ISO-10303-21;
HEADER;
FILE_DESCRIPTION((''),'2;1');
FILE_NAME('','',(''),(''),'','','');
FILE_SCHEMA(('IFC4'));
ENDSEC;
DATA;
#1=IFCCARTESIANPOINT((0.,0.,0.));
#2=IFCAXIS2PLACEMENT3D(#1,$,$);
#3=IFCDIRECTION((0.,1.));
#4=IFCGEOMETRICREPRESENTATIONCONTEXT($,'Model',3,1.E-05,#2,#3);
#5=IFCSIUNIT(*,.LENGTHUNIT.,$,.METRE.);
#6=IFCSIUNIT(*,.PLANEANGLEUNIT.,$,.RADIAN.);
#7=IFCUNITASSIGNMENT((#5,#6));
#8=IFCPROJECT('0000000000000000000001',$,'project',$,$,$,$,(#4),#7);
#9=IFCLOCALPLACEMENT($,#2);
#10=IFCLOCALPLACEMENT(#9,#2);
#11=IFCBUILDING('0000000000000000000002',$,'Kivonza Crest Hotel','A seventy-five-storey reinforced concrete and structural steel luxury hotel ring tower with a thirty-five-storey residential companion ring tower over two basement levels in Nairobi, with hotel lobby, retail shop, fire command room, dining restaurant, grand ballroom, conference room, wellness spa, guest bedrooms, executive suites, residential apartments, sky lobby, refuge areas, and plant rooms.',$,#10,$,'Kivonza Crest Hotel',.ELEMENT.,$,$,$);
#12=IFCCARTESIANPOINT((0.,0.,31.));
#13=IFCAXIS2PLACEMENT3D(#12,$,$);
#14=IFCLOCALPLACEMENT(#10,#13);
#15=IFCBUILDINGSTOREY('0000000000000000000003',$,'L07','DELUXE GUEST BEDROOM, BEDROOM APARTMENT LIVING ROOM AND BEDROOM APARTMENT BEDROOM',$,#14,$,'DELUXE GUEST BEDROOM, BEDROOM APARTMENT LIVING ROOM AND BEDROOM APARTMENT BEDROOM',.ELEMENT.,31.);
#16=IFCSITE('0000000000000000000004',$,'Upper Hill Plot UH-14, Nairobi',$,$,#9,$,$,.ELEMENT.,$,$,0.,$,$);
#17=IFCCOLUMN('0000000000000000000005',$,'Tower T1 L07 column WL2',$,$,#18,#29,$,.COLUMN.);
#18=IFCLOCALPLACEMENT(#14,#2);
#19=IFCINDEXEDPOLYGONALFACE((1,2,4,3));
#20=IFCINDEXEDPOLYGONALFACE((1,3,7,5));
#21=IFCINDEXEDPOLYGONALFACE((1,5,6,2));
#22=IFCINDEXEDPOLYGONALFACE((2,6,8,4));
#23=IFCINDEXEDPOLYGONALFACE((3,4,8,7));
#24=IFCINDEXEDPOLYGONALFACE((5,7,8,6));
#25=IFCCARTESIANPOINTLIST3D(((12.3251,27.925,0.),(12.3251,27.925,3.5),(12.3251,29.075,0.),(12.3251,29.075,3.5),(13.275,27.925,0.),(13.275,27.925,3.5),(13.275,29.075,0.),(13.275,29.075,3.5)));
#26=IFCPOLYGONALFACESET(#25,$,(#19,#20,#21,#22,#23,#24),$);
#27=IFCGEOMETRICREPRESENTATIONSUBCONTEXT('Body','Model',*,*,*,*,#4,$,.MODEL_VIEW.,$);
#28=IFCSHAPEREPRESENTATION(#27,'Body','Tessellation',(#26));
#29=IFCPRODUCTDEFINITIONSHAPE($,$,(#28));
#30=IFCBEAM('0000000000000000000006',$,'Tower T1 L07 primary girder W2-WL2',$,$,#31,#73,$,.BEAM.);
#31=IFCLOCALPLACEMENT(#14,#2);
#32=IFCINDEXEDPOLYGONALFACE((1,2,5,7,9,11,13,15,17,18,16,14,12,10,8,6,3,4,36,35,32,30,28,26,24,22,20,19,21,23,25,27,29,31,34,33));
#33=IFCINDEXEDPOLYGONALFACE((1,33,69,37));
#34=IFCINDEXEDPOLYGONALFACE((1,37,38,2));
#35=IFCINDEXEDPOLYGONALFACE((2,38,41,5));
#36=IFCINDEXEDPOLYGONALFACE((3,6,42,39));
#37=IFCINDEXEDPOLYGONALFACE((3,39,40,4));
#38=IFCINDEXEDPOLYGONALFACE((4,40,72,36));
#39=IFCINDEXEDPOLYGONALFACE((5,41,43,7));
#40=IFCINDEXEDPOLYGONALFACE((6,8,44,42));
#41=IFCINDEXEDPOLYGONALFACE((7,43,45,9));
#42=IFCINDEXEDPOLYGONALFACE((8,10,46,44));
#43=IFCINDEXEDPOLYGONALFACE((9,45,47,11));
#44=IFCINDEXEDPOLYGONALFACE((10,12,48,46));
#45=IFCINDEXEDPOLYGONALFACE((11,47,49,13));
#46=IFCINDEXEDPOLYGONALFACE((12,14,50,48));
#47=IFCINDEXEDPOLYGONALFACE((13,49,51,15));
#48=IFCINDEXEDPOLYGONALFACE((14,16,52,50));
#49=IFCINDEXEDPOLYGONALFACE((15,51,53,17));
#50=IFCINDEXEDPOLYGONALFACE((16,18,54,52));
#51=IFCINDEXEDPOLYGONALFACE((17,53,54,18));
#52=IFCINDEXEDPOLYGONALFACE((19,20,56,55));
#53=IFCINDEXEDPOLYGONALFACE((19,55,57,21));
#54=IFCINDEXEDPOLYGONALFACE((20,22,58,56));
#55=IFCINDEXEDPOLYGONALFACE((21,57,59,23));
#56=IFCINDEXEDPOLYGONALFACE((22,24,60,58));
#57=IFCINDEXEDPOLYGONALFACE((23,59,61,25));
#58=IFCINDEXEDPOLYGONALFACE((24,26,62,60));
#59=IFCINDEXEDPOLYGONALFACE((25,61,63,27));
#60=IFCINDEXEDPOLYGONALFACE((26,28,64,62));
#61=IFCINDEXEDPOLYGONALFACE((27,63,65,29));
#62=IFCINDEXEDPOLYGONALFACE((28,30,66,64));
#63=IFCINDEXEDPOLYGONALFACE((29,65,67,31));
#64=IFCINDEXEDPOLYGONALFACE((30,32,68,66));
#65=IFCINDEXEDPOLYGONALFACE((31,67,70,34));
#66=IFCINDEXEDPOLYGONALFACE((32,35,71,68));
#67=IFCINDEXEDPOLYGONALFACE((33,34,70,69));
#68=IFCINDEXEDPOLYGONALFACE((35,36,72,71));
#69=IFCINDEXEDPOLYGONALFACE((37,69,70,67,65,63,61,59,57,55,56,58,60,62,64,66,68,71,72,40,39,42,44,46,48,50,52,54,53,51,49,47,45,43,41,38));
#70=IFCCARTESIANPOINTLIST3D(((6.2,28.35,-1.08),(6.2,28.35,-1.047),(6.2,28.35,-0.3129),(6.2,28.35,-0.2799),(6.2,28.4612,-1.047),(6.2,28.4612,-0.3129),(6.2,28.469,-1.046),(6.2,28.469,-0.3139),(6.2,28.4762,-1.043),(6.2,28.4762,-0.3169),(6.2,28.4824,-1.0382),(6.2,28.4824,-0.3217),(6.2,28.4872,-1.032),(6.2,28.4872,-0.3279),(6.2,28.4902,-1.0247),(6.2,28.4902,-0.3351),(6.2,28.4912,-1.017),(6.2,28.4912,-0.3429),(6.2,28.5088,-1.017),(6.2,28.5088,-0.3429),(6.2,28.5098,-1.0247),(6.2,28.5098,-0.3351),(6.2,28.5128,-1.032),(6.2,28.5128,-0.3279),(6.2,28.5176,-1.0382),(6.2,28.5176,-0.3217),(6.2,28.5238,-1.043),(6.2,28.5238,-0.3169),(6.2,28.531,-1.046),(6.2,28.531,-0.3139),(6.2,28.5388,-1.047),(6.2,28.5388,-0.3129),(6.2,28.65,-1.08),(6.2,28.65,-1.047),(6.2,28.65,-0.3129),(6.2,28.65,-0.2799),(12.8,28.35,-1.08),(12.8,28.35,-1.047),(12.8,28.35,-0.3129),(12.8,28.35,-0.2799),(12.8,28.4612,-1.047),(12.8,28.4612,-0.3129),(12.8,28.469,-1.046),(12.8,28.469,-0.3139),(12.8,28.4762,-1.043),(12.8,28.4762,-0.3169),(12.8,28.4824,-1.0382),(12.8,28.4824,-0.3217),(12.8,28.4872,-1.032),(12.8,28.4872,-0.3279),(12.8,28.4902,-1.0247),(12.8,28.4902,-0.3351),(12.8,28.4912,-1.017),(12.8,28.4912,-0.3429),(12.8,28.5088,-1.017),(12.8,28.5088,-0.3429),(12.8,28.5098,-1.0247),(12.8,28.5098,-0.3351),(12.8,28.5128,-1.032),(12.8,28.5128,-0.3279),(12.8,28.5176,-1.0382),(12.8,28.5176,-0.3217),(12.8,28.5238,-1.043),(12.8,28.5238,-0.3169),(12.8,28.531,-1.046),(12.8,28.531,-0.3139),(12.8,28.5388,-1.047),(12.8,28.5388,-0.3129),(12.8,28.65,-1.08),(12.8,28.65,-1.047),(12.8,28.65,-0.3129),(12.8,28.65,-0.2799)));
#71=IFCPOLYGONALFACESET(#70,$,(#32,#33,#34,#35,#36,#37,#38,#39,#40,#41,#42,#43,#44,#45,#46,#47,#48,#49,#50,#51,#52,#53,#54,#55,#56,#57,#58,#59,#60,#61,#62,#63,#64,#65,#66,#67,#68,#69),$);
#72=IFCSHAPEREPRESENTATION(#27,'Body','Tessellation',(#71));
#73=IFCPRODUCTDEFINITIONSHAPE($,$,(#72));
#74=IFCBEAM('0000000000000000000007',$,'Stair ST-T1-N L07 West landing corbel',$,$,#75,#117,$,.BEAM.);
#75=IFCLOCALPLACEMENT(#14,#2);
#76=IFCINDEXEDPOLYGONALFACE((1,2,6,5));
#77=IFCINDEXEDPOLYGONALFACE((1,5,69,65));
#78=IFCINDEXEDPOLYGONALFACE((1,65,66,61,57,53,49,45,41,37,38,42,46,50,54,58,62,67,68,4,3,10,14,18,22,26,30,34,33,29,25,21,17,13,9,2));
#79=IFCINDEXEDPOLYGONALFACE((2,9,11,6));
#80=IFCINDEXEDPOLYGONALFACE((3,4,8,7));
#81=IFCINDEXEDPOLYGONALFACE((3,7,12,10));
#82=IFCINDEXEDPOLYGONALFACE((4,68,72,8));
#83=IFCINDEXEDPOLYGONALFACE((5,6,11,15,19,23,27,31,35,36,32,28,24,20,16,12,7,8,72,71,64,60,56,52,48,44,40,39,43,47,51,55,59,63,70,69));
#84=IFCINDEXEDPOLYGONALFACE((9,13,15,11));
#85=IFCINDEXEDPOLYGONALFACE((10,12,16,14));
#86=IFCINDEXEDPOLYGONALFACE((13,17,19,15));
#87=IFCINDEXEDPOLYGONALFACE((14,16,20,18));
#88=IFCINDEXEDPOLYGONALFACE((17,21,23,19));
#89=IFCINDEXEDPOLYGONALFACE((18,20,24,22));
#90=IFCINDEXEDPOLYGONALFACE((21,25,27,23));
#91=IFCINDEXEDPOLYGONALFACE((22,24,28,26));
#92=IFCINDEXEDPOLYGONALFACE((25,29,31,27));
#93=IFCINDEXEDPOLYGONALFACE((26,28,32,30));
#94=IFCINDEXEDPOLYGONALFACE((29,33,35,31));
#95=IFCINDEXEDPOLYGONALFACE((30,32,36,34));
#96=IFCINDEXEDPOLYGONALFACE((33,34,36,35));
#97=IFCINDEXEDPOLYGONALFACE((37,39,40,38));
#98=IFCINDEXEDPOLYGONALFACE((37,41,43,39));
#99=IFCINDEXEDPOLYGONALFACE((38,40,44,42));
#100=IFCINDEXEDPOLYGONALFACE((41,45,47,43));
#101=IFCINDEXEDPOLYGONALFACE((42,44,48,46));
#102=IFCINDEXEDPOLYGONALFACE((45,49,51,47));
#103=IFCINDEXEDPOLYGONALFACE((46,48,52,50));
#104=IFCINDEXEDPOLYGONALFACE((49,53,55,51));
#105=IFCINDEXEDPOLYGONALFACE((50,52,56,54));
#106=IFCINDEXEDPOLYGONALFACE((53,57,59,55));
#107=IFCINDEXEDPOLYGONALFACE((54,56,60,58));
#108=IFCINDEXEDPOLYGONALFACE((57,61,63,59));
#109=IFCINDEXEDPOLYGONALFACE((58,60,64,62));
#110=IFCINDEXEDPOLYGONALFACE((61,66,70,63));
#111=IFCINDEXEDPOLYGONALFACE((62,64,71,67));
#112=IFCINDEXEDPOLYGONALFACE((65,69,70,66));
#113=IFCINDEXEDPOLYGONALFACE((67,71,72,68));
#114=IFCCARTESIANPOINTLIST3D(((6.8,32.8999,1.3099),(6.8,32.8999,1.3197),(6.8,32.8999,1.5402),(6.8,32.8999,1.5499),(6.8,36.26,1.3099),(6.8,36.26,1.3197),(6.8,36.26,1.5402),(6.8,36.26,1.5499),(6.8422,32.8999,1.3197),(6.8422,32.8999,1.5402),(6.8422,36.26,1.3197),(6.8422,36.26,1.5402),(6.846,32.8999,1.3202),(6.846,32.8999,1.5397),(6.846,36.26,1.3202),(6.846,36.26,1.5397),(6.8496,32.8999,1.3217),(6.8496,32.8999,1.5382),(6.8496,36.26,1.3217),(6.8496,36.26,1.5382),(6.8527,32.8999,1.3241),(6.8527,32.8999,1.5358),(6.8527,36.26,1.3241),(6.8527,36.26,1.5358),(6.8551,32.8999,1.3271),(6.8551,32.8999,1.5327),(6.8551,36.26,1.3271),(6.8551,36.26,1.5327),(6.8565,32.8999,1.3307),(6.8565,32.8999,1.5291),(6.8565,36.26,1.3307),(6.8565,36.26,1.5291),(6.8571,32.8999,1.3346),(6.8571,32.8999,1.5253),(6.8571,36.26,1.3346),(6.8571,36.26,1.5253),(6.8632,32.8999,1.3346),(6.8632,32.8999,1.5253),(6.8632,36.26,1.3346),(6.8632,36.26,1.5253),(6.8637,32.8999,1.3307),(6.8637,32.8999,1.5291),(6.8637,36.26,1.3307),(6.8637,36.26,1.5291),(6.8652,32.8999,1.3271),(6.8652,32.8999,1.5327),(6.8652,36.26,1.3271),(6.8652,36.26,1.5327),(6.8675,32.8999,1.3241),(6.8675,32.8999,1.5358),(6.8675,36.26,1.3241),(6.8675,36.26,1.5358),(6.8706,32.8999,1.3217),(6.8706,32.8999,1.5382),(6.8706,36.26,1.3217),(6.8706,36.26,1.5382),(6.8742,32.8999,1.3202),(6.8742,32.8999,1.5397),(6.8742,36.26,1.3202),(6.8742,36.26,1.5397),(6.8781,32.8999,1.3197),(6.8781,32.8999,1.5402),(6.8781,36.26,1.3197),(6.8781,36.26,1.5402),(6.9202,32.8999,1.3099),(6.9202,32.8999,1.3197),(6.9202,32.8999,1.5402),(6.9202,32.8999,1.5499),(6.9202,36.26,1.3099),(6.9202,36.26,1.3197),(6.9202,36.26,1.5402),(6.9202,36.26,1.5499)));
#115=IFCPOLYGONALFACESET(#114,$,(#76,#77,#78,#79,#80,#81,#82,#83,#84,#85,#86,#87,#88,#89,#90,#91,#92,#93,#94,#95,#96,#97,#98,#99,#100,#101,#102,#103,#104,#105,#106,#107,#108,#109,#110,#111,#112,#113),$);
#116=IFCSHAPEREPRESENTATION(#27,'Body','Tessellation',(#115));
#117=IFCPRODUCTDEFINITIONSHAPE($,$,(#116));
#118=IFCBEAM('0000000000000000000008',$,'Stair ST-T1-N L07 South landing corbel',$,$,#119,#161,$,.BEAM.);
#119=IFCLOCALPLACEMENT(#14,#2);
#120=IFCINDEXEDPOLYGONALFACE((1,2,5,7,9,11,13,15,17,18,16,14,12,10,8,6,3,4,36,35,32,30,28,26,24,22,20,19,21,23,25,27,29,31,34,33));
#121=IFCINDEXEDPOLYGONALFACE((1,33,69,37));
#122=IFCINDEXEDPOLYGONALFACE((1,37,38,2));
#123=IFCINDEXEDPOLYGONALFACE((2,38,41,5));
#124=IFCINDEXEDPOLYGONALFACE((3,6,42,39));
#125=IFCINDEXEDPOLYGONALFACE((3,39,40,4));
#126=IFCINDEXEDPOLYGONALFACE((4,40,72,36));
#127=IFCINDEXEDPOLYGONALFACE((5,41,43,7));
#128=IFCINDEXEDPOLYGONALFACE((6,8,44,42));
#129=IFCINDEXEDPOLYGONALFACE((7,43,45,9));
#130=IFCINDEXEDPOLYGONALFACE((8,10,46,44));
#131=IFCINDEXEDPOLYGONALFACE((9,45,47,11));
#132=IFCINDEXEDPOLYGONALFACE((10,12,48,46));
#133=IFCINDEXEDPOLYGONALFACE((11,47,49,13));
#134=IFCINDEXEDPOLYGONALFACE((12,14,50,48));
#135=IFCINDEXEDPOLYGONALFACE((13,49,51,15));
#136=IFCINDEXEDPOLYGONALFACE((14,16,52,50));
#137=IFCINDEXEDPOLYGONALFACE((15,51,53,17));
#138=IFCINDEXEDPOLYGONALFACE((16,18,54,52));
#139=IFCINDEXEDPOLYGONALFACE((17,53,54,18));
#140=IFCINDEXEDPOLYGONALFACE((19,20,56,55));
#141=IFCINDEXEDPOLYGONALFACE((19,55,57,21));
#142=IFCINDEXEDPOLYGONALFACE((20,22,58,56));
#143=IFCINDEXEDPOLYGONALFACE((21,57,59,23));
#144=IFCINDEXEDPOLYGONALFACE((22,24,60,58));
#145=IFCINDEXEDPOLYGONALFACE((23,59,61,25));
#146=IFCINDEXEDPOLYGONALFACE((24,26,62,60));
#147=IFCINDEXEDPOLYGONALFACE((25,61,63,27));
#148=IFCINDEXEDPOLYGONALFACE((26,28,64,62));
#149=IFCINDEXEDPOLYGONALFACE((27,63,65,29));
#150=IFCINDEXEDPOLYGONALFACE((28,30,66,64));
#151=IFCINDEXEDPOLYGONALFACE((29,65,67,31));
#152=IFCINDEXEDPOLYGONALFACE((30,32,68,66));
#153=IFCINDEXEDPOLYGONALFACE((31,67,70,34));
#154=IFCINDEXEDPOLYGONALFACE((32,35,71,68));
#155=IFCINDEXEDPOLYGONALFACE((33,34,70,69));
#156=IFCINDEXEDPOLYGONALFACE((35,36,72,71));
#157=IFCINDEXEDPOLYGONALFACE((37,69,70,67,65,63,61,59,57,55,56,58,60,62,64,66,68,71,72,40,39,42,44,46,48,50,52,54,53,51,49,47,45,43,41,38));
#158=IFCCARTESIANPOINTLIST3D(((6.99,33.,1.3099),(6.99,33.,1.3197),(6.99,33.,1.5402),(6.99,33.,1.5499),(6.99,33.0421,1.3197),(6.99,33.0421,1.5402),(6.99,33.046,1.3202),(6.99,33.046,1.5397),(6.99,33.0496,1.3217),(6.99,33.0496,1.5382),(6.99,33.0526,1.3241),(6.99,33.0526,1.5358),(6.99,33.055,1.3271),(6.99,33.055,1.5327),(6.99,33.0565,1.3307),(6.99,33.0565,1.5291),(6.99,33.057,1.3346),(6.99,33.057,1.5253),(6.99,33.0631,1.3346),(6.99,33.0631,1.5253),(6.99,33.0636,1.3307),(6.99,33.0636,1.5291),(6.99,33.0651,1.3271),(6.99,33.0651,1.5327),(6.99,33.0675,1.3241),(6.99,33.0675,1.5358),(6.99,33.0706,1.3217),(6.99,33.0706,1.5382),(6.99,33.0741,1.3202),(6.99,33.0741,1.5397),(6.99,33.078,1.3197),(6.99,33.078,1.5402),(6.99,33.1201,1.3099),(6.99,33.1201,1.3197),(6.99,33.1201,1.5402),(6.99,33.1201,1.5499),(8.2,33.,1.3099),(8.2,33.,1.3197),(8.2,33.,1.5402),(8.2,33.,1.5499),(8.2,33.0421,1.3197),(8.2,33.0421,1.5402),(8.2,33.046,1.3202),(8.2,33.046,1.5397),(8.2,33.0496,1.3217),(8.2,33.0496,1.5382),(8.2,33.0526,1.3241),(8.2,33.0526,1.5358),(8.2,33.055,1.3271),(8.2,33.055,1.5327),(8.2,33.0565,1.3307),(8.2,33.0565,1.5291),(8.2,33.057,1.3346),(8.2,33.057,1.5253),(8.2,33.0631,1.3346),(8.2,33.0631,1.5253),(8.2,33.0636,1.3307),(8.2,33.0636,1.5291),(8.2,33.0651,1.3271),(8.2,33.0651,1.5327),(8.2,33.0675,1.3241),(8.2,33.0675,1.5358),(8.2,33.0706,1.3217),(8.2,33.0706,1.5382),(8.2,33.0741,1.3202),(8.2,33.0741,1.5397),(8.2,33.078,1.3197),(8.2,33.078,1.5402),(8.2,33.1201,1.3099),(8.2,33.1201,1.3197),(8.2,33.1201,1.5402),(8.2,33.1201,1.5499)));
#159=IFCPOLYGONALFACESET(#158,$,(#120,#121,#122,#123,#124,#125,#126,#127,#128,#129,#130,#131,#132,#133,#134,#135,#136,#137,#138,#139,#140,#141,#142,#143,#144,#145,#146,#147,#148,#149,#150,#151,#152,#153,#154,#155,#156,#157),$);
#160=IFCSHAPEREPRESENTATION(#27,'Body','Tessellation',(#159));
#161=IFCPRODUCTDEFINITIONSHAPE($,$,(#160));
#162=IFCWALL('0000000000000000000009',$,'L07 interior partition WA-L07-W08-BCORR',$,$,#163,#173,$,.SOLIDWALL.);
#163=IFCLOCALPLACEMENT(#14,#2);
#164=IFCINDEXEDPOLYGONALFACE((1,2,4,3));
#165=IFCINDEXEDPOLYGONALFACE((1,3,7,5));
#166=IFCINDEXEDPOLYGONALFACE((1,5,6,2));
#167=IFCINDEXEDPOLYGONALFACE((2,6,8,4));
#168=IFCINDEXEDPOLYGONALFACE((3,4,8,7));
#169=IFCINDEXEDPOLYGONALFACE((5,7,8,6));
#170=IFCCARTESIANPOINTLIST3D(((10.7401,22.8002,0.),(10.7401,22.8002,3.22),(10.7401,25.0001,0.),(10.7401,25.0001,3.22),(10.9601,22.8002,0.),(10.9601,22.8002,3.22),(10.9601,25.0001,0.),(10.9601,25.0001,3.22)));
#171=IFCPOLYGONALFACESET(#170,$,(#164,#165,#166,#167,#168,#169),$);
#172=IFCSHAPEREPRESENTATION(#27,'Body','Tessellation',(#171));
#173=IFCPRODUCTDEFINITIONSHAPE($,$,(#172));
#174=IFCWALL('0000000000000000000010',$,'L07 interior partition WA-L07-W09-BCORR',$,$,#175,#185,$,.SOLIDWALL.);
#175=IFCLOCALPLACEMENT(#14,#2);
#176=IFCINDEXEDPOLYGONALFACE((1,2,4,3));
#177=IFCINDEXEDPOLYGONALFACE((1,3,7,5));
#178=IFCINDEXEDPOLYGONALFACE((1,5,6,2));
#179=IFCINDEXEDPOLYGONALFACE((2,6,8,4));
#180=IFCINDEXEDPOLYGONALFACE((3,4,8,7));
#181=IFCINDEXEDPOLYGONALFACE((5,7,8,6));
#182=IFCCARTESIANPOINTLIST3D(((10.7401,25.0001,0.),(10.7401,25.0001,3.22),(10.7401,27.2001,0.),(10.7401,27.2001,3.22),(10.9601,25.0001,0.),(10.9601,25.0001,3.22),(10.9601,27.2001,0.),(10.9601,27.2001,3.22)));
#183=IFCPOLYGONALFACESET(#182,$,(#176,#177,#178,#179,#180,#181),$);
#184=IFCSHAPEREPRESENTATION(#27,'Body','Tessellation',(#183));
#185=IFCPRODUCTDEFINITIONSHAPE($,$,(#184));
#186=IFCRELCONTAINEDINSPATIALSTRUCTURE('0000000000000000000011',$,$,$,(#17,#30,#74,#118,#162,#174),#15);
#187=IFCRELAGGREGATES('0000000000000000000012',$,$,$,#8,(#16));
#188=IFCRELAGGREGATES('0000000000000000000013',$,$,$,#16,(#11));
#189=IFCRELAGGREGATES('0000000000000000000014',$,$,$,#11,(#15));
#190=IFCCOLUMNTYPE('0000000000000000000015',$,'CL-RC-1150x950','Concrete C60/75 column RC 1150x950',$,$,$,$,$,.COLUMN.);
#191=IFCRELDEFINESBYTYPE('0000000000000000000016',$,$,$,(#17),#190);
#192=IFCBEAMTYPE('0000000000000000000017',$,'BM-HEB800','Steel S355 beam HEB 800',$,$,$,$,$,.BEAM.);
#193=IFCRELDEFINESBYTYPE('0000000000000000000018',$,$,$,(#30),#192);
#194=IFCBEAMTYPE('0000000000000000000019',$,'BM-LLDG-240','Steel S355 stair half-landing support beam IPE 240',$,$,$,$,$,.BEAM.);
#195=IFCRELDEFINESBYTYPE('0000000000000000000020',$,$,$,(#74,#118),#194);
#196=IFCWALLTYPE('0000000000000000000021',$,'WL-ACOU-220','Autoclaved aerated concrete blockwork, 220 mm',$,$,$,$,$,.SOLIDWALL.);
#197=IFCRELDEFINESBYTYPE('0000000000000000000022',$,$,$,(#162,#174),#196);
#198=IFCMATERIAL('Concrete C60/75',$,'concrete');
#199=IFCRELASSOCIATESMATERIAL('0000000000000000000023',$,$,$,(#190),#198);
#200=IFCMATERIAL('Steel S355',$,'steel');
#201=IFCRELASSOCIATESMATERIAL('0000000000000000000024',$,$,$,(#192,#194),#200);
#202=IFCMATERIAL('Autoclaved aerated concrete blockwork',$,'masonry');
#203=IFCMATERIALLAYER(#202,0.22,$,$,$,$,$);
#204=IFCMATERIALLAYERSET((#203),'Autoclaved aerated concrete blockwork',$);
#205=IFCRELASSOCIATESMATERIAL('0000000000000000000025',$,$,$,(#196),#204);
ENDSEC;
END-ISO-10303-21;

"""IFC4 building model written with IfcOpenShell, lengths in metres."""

from ifc_helpers import new_model, si_unit, direction, frame, frame_2d, origin, origin_2d, place, context, subcontext, project, spatial, rectangle, i_section, extrude, material, layer, layer_set, material_profile, profile_set, type_object, element, save


model = new_model("IFC4")

# Units and contexts
model_context = context("Model", 3, precision=1e-05, world=origin(), true_north=direction((0.0, 1.0)))
body_context = subcontext(model_context, "Body", "Model", "MODEL_VIEW")
ifc_project = project(units=[si_unit("LENGTHUNIT", "METRE"), si_unit("PLANEANGLEUNIT", "RADIAN")], contexts=[model_context])

# Site, building, storey
site_placement = place(None, origin())
site = spatial("IfcSite", under=ifc_project, at=site_placement, Name="Upper Hill Plot UH-14, Nairobi", CompositionType="ELEMENT", RefElevation=0.0)
building_placement = place(site_placement, origin())
building = spatial("IfcBuilding", under=site, at=building_placement, Name="Kivonza Crest Hotel", Description="A seventy-five-storey reinforced concrete and structural steel luxury hotel ring tower with a thirty-five-storey residential companion ring tower over two basement levels in Nairobi, with hotel lobby, retail shop, fire command room, dining restaurant, grand ballroom, conference room, wellness spa, guest bedrooms, executive suites, residential apartments, sky lobby, refuge areas, and plant rooms.", LongName="Kivonza Crest Hotel", CompositionType="ELEMENT")
storey_placement = place(building_placement, frame((0.0, 0.0, 31.0)))
storey = spatial("IfcBuildingStorey", under=building, at=storey_placement, Name="L07", Description="DELUXE GUEST BEDROOM, BEDROOM APARTMENT LIVING ROOM AND BEDROOM APARTMENT BEDROOM", LongName="DELUXE GUEST BEDROOM, BEDROOM APARTMENT LIVING ROOM AND BEDROOM APARTMENT BEDROOM", CompositionType="ELEMENT", Elevation=31.0)

# Column
ifc_material_1 = material(Name="Concrete C60/75", Category="concrete")
ifc_material_profile_1 = material_profile(ifc_material_1, rectangle(XDim=0.95, YDim=1.1499, at=origin_2d()), Name="RC 1150x950")
ifc_profile_set_1 = profile_set([ifc_material_profile_1], Name="Concrete C60/75")
column_type = type_object("IfcColumnType", Name="CL-RC-1150x950", Description="Concrete C60/75 column RC 1150x950", PredefinedType="COLUMN", material=ifc_profile_set_1)
column_placement = place(storey_placement, frame((12.8, 28.5, 0.0), z_axis=(0.0, 0.0, 1.0), x_axis=(1.0, 0.0, 0.0)))
element("IfcColumn", 1, at=column_placement, inside=storey, type_object=column_type, Name="Tower T1 L07 column WL2", PredefinedType="COLUMN", context=body_context, shape_type="SweptSolid", body=[
    extrude(rectangle(XDim=0.95, YDim=1.1499, at=origin_2d()), origin(), (0.0, 0.0, 1.0), 3.5),
])

# Beams
ifc_material_2 = material(Name="Steel S355", Category="steel")
ifc_material_profile_2 = material_profile(ifc_material_2, i_section(OverallWidth=0.3, OverallDepth=0.8, WebThickness=0.0176, FlangeThickness=0.033, FilletRadius=0.03, at=origin_2d()), Name="HEB 800")
ifc_profile_set_2 = profile_set([ifc_material_profile_2], Name="Steel S355")
beam_type_1 = type_object("IfcBeamType", Name="BM-HEB800", Description="Steel S355 beam HEB 800", PredefinedType="BEAM", material=ifc_profile_set_2)
beam_1_placement = place(storey_placement, frame((6.2, 28.5, -0.6799), z_axis=(1.0, 0.0, 0.0), x_axis=(0.0, 1.0, 0.0)))
element("IfcBeam", 2, at=beam_1_placement, inside=storey, type_object=beam_type_1, Name="Tower T1 L07 primary girder W2-WL2", PredefinedType="BEAM", context=body_context, shape_type="SweptSolid", body=[
    extrude(i_section(OverallWidth=0.3, OverallDepth=0.8, WebThickness=0.0176, FlangeThickness=0.033, FilletRadius=0.03, at=origin_2d()), origin(), (0.0, 0.0, 1.0), 6.6001),
])
ifc_material_profile_3 = material_profile(ifc_material_2, i_section(OverallWidth=0.1201, OverallDepth=0.24, WebThickness=0.0061, FlangeThickness=0.0098, FilletRadius=0.0149, at=origin_2d()), Name="IPE 240")
ifc_profile_set_3 = profile_set([ifc_material_profile_3], Name="Steel S355")
beam_type_2 = type_object("IfcBeamType", Name="BM-LLDG-240", Description="Steel S355 stair half-landing support beam IPE 240", PredefinedType="BEAM", material=ifc_profile_set_3)
beam_2_placement = place(storey_placement, frame((6.8601, 32.8999, 1.4299), z_axis=(0.0, 1.0, 0.0), x_axis=(-1.0, 0.0, 0.0)))
element("IfcBeam", 3, at=beam_2_placement, inside=storey, type_object=beam_type_2, Name="Stair ST-T1-N L07 West landing corbel", PredefinedType="BEAM", context=body_context, shape_type="SweptSolid", body=[
    extrude(i_section(OverallWidth=0.1201, OverallDepth=0.24, WebThickness=0.0061, FlangeThickness=0.0098, FilletRadius=0.0149, at=origin_2d()), origin(), (0.0, 0.0, 1.0), 3.3601),
])
beam_3_placement = place(storey_placement, frame((6.99, 33.0601, 1.4299), z_axis=(1.0, 0.0, 0.0), x_axis=(0.0, 1.0, 0.0)))
element("IfcBeam", 4, at=beam_3_placement, inside=storey, type_object=beam_type_2, Name="Stair ST-T1-N L07 South landing corbel", PredefinedType="BEAM", context=body_context, shape_type="SweptSolid", body=[
    extrude(i_section(OverallWidth=0.1201, OverallDepth=0.24, WebThickness=0.0061, FlangeThickness=0.0098, FilletRadius=0.0149, at=origin_2d()), origin(), (0.0, 0.0, 1.0), 1.21),
])

# Walls
ifc_material_3 = material(Name="Autoclaved aerated concrete blockwork", Category="masonry")
ifc_layer_1 = layer(ifc_material_3, 0.22)
ifc_layer_set_1 = layer_set([ifc_layer_1], Name="Autoclaved aerated concrete blockwork")
wall_type_1 = type_object("IfcWallType", Name="WL-ACOU-220", Description="Autoclaved aerated concrete blockwork, 220 mm", PredefinedType="SOLIDWALL", material=ifc_layer_set_1)
for number, where, z_axis, x_axis, name in (
    (5, (10.8501, 22.8, 0.0), (0.0, 0.0, 1.0), (0.0, 1.0, 0.0), "L07 interior partition WA-L07-W08-BCORR"),
    (6, (10.8501, 25.0, 0.0), (0.0, 0.0, 1.0), (0.0, 1.0, 0.0), "L07 interior partition WA-L07-W09-BCORR"),
):
    element("IfcWall", number, at=place(storey_placement, frame(where, z_axis=z_axis, x_axis=x_axis)), inside=storey, type_object=wall_type_1, Name=name, PredefinedType="SOLIDWALL", context=body_context, shape_type="SweptSolid", body=[
        extrude(rectangle(XDim=2.2, YDim=0.22, at=frame_2d((1.1001, 0.0))), origin(), (0.0, 0.0, 1.0), 3.22),
    ])

save(model, "model.ifc")
